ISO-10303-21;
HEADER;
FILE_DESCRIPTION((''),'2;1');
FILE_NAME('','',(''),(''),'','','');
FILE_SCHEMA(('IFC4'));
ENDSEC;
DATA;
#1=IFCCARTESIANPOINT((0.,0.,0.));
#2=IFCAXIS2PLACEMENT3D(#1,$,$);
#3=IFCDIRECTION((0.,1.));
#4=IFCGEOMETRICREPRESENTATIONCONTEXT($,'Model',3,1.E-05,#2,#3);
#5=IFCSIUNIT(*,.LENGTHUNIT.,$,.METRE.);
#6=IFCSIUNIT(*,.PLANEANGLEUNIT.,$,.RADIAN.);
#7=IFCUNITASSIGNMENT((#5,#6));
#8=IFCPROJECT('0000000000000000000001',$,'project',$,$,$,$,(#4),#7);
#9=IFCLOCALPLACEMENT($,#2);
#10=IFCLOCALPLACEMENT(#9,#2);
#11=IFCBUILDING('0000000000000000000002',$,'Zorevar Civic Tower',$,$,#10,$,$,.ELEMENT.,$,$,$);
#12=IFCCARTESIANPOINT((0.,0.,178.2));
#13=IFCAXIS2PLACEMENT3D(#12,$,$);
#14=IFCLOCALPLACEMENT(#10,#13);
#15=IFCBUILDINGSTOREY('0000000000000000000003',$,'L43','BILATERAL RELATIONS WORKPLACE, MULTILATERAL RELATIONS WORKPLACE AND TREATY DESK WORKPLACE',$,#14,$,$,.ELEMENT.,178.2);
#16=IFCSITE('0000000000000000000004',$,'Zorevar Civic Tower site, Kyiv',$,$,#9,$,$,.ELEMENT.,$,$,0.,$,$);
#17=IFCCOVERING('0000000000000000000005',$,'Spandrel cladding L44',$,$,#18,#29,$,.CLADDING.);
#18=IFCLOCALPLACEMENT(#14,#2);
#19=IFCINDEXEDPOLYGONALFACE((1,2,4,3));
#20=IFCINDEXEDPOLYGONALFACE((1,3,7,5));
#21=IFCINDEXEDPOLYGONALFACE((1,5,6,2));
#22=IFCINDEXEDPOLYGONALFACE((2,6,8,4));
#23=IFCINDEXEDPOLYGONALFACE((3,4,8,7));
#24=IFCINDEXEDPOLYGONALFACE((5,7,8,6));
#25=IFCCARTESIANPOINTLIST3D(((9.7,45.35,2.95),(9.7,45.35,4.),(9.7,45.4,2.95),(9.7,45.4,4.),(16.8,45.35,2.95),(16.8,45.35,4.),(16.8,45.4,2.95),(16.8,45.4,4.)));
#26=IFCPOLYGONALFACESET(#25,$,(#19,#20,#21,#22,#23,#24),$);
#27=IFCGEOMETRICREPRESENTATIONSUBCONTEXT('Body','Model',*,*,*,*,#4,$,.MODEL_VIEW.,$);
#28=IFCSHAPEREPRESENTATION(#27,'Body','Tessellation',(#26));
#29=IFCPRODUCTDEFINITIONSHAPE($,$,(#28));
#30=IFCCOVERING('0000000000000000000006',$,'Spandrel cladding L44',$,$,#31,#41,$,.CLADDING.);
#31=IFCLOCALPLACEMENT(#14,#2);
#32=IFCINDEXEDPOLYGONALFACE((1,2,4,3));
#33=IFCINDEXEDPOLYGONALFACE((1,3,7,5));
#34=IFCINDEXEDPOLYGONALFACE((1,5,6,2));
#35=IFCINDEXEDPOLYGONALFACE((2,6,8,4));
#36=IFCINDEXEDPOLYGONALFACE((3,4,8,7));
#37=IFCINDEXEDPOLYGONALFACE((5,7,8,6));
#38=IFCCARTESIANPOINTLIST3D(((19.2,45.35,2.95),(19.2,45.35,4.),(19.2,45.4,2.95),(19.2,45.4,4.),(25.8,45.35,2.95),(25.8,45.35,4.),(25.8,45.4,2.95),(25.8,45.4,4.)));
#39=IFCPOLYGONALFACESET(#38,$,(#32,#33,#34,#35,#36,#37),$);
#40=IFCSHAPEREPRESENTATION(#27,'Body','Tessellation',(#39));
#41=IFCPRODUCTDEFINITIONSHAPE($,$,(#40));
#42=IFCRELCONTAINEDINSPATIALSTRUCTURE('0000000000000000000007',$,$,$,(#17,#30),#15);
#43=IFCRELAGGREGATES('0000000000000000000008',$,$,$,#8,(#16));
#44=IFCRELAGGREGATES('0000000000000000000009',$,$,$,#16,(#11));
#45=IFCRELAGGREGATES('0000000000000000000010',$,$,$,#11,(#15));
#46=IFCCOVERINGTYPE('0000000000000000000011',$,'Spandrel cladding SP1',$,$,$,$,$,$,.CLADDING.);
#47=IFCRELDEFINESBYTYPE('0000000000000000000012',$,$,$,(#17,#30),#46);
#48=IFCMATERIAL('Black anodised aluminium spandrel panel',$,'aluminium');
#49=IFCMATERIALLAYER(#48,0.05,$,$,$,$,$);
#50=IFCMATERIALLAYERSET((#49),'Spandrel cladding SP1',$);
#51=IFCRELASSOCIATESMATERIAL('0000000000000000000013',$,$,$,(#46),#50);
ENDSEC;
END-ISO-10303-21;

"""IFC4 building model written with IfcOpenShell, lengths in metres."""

from ifc_helpers import new_model, si_unit, direction, frame, frame_2d, origin, place, context, subcontext, project, spatial, rectangle, extrude, material, layer, layer_set, type_object, element, save


model = new_model("IFC4")

# Units and contexts
model_context = context("Model", 3, precision=1e-05, world=origin(), true_north=direction((0.0, 1.0)))
body_context = subcontext(model_context, "Body", "Model", "MODEL_VIEW")
ifc_project = project(units=[si_unit("LENGTHUNIT", "METRE"), si_unit("PLANEANGLEUNIT", "RADIAN")], contexts=[model_context])

# Site, building, storey
site_placement = place(None, origin())
site = spatial("IfcSite", under=ifc_project, at=site_placement, Name="Zorevar Civic Tower site, Kyiv", CompositionType="ELEMENT", RefElevation=0.0)
building_placement = place(site_placement, origin())
building = spatial("IfcBuilding", under=site, at=building_placement, Name="Zorevar Civic Tower", CompositionType="ELEMENT")
storey_placement = place(building_placement, frame((0.0, 0.0, 178.2)))
storey = spatial("IfcBuildingStorey", under=building, at=storey_placement, Name="L43", Description="BILATERAL RELATIONS WORKPLACE, MULTILATERAL RELATIONS WORKPLACE AND TREATY DESK WORKPLACE", CompositionType="ELEMENT", Elevation=178.2)

# Coverings
ifc_material_1 = material(Name="Black anodised aluminium spandrel panel", Category="aluminium")
ifc_layer_1 = layer(ifc_material_1, 0.05)
ifc_layer_set_1 = layer_set([ifc_layer_1], Name="Spandrel cladding SP1")
covering_type = type_object("IfcCoveringType", Name="Spandrel cladding SP1", PredefinedType="CLADDING", material=ifc_layer_set_1)
covering_1_placement = place(storey_placement, frame((9.7, 45.375, 2.95), z_axis=(0.0, 0.0, 1.0), x_axis=(1.0, 0.0, 0.0)))
element("IfcCovering", 1, at=covering_1_placement, inside=storey, type_object=covering_type, Name="Spandrel cladding L44", PredefinedType="CLADDING", context=body_context, shape_type="SweptSolid", body=[
    extrude(rectangle(XDim=7.1001, YDim=0.05, at=frame_2d((3.55, 0.0))), origin(), (0.0, 0.0, 1.0), 1.05),
])
covering_2_placement = place(storey_placement, frame((19.2, 45.375, 2.95), z_axis=(0.0, 0.0, 1.0), x_axis=(1.0, 0.0, 0.0)))
element("IfcCovering", 2, at=covering_2_placement, inside=storey, type_object=covering_type, Name="Spandrel cladding L44", PredefinedType="CLADDING", context=body_context, shape_type="SweptSolid", body=[
    extrude(rectangle(XDim=6.6001, YDim=0.05, at=frame_2d((3.3, 0.0))), origin(), (0.0, 0.0, 1.0), 1.05),
])

save(model, "model.ifc")
